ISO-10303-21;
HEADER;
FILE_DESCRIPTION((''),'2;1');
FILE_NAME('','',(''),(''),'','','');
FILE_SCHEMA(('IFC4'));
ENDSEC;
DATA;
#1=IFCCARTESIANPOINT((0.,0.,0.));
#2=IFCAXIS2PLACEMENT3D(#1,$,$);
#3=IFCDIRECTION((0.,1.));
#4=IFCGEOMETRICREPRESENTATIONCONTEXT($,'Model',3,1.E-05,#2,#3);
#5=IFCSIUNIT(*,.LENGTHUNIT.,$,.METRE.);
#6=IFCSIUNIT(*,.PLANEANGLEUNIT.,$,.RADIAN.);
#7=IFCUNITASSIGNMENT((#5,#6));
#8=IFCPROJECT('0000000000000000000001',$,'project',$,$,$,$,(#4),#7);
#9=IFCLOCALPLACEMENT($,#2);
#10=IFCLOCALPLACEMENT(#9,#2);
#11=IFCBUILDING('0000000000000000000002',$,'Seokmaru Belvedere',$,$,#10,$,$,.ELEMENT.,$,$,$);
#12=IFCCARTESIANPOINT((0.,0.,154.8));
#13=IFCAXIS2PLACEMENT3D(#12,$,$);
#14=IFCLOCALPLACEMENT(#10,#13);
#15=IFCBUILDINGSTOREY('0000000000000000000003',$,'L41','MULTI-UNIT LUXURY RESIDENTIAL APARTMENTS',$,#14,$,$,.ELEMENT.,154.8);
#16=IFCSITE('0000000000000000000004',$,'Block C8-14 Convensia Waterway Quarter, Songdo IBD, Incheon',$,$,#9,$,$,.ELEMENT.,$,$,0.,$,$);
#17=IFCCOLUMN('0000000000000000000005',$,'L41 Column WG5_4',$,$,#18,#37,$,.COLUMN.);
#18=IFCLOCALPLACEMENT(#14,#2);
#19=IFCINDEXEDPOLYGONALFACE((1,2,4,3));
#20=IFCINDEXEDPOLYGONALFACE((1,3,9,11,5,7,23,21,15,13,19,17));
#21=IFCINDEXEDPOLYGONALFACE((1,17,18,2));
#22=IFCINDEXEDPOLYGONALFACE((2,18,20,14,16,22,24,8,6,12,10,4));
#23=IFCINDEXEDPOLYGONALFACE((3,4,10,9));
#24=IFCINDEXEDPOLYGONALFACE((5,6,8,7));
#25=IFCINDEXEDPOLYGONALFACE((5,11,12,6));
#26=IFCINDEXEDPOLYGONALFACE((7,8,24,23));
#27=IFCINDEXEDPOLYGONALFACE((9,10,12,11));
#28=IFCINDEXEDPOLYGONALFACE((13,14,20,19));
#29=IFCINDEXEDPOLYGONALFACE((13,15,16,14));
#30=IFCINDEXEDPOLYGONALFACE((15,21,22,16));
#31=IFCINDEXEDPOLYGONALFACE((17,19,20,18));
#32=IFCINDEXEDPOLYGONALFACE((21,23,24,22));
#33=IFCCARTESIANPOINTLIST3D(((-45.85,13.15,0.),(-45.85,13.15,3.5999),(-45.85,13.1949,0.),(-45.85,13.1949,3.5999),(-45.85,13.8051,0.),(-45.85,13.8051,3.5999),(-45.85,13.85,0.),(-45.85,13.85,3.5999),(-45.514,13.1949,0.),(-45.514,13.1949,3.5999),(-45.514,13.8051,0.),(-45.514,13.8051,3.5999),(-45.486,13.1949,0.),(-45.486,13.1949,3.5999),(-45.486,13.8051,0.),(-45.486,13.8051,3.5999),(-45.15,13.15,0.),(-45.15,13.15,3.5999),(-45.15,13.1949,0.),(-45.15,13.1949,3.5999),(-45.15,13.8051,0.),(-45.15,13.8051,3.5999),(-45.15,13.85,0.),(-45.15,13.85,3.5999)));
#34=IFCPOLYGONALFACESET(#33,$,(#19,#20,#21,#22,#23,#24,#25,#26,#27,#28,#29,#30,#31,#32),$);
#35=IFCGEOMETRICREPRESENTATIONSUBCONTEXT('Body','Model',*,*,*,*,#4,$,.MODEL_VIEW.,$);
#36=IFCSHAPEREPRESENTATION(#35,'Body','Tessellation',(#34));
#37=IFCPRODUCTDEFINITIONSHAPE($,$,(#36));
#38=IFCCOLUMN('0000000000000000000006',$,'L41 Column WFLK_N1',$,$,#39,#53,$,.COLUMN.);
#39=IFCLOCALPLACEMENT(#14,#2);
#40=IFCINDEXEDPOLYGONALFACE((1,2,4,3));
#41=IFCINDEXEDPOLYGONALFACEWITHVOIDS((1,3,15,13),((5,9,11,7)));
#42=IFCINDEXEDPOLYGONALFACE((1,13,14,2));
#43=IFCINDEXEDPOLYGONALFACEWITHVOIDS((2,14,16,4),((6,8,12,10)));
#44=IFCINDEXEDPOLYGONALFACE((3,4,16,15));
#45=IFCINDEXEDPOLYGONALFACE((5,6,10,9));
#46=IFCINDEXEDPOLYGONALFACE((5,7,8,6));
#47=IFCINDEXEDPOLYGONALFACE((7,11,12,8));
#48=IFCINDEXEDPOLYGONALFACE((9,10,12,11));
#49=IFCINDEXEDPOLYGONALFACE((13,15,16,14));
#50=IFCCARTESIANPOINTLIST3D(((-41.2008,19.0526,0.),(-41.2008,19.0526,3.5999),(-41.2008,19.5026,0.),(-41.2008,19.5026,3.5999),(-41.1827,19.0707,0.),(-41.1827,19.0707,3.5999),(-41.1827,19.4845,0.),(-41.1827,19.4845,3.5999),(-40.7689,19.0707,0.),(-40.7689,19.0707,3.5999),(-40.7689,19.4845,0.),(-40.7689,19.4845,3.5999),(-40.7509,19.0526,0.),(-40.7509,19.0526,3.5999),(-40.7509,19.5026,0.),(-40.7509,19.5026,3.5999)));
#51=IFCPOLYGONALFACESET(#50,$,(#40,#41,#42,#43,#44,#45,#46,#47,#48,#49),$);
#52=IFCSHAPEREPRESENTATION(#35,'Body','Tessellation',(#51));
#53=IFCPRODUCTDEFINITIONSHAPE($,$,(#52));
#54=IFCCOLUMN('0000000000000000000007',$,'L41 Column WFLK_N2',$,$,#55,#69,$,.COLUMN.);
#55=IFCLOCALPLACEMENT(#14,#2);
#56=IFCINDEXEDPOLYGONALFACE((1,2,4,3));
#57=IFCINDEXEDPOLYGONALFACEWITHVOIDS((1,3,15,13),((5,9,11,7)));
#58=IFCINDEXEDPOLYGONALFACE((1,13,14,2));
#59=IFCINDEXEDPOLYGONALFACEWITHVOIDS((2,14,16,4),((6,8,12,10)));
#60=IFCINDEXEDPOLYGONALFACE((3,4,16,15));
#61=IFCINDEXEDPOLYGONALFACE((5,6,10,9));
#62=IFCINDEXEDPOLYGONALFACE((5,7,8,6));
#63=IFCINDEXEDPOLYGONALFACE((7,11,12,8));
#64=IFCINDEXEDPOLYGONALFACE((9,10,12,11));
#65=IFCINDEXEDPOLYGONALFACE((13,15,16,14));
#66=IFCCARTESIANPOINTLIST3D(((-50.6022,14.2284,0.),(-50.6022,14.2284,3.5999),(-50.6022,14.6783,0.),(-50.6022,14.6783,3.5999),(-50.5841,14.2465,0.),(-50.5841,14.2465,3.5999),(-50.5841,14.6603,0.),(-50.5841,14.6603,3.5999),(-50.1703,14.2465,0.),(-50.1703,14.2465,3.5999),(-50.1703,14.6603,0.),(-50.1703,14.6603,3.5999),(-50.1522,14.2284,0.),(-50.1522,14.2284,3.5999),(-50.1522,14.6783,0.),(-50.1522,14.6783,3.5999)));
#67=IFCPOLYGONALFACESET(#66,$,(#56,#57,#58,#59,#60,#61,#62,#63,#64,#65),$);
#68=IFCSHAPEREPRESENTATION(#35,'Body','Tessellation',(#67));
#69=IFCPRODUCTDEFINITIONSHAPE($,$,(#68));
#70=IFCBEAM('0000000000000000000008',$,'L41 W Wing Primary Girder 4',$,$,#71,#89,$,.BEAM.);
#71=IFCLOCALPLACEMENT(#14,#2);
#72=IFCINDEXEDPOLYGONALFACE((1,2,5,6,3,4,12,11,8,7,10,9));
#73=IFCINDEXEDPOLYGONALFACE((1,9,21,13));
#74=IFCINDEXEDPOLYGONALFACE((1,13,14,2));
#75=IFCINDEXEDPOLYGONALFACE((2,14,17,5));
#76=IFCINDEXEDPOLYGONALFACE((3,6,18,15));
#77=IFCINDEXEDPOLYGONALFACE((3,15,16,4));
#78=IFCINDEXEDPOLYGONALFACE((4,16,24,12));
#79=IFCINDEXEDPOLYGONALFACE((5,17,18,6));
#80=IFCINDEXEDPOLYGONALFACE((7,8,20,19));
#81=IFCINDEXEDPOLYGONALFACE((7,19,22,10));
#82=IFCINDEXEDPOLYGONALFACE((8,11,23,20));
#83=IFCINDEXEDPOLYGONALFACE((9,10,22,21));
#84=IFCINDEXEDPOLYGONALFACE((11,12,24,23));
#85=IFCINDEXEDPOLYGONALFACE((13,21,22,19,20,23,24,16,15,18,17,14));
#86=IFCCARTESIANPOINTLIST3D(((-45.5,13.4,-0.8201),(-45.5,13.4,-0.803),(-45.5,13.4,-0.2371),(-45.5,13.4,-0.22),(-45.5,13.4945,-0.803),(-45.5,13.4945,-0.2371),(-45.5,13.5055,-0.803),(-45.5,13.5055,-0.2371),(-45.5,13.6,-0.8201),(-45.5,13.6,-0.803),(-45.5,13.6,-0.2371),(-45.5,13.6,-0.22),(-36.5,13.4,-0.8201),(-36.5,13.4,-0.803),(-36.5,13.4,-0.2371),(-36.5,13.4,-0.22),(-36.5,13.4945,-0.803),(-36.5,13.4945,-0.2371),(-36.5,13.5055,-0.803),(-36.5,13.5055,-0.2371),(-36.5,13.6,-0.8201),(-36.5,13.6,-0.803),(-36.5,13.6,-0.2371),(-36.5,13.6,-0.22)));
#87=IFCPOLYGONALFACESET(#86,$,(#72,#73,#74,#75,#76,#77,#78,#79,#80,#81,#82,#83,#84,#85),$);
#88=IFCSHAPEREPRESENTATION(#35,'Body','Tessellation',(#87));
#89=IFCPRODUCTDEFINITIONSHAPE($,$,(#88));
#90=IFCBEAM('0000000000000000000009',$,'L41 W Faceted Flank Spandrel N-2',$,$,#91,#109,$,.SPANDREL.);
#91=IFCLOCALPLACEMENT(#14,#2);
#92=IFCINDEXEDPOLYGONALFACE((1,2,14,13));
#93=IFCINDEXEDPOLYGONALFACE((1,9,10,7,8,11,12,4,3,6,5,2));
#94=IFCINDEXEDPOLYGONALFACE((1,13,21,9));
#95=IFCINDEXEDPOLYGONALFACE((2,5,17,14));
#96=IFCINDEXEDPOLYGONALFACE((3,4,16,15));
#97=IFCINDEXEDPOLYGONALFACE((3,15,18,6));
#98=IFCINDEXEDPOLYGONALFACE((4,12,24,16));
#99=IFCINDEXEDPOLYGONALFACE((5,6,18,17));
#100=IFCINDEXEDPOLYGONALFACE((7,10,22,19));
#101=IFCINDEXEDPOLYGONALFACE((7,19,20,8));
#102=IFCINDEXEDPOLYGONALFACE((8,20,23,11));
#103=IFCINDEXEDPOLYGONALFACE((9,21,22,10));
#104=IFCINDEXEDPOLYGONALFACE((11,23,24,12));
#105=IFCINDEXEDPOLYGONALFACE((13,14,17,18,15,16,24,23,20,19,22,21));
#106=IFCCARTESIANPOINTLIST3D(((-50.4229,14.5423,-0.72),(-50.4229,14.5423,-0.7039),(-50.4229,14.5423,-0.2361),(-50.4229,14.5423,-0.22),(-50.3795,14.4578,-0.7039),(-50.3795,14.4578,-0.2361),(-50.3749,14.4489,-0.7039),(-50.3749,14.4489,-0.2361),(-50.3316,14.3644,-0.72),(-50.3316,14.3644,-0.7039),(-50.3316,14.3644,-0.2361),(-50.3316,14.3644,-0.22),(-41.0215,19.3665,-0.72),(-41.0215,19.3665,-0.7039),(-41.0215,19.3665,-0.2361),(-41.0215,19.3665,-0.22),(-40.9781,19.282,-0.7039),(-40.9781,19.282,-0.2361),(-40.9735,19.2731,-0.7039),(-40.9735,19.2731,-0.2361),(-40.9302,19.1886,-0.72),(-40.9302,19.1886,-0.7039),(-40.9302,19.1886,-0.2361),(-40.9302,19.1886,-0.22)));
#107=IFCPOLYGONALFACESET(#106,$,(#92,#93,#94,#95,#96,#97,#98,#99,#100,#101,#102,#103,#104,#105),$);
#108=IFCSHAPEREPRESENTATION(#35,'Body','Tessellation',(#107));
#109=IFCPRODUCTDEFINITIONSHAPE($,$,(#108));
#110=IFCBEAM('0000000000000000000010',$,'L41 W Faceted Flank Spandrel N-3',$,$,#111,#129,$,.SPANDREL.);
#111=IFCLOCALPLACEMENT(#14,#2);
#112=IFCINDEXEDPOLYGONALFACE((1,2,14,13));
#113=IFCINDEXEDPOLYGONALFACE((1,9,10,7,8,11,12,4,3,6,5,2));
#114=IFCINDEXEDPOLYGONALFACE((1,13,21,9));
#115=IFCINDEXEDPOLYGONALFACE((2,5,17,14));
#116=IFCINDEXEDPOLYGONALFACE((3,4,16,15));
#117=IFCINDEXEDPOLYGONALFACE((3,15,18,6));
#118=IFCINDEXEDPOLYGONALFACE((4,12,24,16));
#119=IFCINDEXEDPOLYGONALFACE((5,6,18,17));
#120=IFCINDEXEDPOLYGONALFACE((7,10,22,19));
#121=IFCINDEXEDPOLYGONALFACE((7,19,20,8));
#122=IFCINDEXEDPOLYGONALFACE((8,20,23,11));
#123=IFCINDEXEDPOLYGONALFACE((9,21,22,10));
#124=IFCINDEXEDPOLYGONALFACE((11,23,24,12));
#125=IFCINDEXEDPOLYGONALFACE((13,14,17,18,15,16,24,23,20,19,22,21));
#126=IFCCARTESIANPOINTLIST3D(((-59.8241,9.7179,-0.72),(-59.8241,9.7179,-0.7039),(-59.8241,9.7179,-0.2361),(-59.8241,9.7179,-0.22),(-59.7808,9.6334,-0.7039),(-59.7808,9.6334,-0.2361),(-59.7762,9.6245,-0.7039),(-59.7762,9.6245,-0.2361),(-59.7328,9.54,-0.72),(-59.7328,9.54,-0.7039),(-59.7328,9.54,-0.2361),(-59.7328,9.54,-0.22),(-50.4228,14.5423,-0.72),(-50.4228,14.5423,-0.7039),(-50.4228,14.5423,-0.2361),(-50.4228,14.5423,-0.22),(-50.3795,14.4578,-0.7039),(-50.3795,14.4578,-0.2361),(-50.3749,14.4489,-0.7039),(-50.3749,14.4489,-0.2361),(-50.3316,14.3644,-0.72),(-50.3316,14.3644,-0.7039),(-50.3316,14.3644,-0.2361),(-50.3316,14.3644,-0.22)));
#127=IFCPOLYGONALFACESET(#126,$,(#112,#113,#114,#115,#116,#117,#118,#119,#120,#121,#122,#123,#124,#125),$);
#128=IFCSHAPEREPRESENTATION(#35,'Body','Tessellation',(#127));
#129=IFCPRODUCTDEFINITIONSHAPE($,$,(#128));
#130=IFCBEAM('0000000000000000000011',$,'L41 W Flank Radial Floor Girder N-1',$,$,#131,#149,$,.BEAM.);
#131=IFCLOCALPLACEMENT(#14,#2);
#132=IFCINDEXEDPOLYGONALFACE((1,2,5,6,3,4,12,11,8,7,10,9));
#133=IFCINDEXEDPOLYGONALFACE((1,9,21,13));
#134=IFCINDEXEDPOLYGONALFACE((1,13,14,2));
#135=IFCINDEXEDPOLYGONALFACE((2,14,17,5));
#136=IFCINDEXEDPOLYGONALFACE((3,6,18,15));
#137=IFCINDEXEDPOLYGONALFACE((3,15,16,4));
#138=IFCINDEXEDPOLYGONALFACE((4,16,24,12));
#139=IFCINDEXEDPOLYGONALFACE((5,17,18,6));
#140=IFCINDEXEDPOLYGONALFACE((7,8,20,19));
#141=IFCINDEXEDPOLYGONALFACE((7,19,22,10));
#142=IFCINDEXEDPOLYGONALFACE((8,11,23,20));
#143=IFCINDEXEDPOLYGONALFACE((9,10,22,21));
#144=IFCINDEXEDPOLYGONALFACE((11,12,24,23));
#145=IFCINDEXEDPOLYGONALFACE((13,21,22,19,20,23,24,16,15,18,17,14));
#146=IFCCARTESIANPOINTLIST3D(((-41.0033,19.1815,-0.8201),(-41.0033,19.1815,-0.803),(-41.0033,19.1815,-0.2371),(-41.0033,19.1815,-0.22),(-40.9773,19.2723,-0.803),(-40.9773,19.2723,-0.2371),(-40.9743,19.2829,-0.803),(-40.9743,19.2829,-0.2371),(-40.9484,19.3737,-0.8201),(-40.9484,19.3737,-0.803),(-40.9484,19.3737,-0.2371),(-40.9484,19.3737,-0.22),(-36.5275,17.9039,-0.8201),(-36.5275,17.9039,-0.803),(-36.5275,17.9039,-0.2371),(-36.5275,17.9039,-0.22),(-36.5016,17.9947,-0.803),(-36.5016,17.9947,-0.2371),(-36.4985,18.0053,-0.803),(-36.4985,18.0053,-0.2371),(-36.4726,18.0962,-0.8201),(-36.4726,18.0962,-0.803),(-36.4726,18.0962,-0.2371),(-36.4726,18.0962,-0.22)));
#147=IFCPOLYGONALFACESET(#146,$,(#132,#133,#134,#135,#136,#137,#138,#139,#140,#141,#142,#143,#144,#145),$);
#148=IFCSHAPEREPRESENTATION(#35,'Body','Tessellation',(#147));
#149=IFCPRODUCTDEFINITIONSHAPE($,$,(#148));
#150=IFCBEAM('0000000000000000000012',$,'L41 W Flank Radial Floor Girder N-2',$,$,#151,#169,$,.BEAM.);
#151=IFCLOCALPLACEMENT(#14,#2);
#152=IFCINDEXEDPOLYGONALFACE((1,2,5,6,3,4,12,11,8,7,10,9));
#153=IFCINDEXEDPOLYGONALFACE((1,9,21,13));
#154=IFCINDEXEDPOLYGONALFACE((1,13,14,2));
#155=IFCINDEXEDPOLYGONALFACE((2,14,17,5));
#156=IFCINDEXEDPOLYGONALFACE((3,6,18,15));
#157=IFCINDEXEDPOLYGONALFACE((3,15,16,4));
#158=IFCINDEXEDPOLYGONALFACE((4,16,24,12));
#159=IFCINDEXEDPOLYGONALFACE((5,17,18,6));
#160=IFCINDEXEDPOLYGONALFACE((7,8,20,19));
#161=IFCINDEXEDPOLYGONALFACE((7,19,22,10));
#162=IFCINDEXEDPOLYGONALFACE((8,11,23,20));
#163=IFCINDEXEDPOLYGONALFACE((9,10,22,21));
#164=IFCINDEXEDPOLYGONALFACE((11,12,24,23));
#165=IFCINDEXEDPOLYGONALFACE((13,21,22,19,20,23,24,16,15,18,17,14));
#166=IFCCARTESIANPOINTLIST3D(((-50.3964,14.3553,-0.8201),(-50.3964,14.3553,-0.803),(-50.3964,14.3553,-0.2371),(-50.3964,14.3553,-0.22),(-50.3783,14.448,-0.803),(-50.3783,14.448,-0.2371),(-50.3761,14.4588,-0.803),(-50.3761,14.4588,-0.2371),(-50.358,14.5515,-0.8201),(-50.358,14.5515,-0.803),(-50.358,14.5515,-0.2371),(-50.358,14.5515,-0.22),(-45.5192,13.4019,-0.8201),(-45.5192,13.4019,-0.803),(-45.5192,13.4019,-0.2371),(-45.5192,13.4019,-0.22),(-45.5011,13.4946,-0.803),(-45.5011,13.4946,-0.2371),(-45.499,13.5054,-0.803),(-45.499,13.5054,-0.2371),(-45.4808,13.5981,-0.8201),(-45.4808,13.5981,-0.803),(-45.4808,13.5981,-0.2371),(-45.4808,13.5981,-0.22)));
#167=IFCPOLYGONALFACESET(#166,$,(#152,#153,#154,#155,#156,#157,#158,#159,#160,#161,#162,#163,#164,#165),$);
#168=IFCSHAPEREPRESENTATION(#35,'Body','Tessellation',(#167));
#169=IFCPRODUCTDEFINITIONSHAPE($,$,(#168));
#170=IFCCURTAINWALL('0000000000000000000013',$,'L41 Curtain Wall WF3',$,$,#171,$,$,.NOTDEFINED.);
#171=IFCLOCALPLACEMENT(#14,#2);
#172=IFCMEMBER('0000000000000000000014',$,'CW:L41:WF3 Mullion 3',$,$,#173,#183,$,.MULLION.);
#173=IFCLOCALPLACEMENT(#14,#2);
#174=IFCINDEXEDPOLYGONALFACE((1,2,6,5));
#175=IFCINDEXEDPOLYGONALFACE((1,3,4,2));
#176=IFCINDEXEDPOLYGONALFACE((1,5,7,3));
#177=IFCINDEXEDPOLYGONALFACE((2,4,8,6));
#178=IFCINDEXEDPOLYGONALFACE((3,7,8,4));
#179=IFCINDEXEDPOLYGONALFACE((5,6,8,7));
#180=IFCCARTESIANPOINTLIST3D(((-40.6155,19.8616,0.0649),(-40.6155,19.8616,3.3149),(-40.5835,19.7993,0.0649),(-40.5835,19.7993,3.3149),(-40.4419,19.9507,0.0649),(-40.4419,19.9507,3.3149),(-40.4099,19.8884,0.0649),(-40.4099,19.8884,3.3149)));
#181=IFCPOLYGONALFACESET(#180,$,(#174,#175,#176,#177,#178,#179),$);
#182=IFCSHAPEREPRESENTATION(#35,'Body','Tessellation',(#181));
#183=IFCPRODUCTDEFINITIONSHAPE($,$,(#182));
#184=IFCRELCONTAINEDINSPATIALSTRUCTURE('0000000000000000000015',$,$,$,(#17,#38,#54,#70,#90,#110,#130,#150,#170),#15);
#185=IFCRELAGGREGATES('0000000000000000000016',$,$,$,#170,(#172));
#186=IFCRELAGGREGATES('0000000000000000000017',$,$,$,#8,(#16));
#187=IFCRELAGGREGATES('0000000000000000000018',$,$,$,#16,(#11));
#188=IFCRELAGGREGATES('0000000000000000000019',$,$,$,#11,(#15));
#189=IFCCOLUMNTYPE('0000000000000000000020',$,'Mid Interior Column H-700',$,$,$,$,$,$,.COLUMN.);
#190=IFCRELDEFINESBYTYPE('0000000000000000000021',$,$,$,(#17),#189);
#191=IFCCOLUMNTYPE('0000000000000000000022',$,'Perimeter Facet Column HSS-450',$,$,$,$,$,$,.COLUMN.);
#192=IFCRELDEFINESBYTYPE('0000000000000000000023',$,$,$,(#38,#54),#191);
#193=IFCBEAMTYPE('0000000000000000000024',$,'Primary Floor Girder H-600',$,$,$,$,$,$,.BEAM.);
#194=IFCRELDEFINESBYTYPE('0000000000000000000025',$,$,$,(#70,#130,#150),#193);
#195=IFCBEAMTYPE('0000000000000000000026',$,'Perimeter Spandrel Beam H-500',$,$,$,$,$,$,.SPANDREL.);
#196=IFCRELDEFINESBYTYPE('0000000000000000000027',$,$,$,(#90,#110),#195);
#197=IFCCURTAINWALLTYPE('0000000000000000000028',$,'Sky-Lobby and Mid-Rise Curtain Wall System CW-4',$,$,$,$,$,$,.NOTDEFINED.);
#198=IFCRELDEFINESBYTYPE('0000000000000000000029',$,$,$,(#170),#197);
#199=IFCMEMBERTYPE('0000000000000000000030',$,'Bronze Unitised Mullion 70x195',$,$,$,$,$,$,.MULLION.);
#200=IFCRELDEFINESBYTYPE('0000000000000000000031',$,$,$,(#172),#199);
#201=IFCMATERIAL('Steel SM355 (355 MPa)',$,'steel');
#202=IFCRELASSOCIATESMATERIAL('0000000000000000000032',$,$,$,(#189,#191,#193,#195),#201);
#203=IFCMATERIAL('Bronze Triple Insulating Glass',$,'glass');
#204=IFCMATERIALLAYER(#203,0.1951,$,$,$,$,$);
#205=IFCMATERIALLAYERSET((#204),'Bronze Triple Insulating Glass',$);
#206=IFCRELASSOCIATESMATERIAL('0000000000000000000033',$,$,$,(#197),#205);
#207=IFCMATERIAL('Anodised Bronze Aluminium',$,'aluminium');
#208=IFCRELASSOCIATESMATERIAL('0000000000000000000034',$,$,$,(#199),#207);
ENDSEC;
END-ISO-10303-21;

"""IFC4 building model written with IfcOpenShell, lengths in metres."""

from ifc_helpers import new_model, si_unit, direction, frame, origin, origin_2d, place, context, subcontext, project, spatial, rectangle, hollow_rectangle, i_section, extrude, source, transform, mapped, material, layer, layer_set, material_profile, profile_set, type_object, type_shapes, element, aggregate, save


model = new_model("IFC4")

# Units and contexts
model_context = context("Model", 3, precision=1e-05, world=origin(), true_north=direction((0.0, 1.0)))
body_context = subcontext(model_context, "Body", "Model", "MODEL_VIEW")
ifc_project = project(units=[si_unit("LENGTHUNIT", "METRE"), si_unit("PLANEANGLEUNIT", "RADIAN")], contexts=[model_context])

# Site, building, storey
site_placement = place(None, origin())
site = spatial("IfcSite", under=ifc_project, at=site_placement, Name="Block C8-14 Convensia Waterway Quarter, Songdo IBD, Incheon", CompositionType="ELEMENT", RefElevation=0.0)
building_placement = place(site_placement, origin())
building = spatial("IfcBuilding", under=site, at=building_placement, Name="Seokmaru Belvedere", CompositionType="ELEMENT")
storey_placement = place(building_placement, frame((0.0, 0.0, 154.8)))
storey = spatial("IfcBuildingStorey", under=building, at=storey_placement, Name="L41", Description="MULTI-UNIT LUXURY RESIDENTIAL APARTMENTS", CompositionType="ELEMENT", Elevation=154.8)

# Columns
ifc_material_1 = material(Name="Steel SM355 (355 MPa)", Category="steel")
ifc_material_profile_1 = material_profile(ifc_material_1, i_section(OverallWidth=0.7, OverallDepth=0.7, WebThickness=0.0281, FlangeThickness=0.0449, at=origin_2d()), Name="H-700x700x28x45")
ifc_profile_set_1 = profile_set([ifc_material_profile_1], Name="Steel SM355 (355 MPa)")
column_type_1 = type_object("IfcColumnType", Name="Mid Interior Column H-700", PredefinedType="COLUMN", material=ifc_profile_set_1)
shared_shape_1 = source(origin(), body_context, "Body", "SweptSolid", [
    extrude(i_section(OverallWidth=0.7, OverallDepth=0.7, WebThickness=0.0281, FlangeThickness=0.0449, at=origin_2d()), origin(), (0.0, 0.0, 1.0), 3.5999),
])
type_shapes(column_type_1, [shared_shape_1])
column_placement = place(storey_placement, frame((-45.5, 13.5, 0.0), z_axis=(0.0, 0.0, 1.0), x_axis=(1.0, 0.0, 0.0)))
element("IfcColumn", 1, at=column_placement, inside=storey, type_object=column_type_1, Name="L41 Column WG5_4", PredefinedType="COLUMN", context=body_context, shape_type="MappedRepresentation", body=[
    mapped(shared_shape_1, transform((0.0, 0.0, 0.0), scale=1.0)),
])
ifc_material_profile_2 = material_profile(ifc_material_1, hollow_rectangle(XDim=0.45, YDim=0.45, WallThickness=0.0181, at=origin_2d()), Name="HSS-450x450x18")
ifc_profile_set_2 = profile_set([ifc_material_profile_2], Name="Steel SM355 (355 MPa)")
column_type_2 = type_object("IfcColumnType", Name="Perimeter Facet Column HSS-450", PredefinedType="COLUMN", material=ifc_profile_set_2)
shared_shape_2 = source(origin(), body_context, "Body", "SweptSolid", [
    extrude(hollow_rectangle(XDim=0.45, YDim=0.45, WallThickness=0.0181, at=origin_2d()), origin(), (0.0, 0.0, 1.0), 3.5999),
])
type_shapes(column_type_2, [shared_shape_2])
for number, where, z_axis, x_axis, name in (
    (2, (-40.9758, 19.2776, 0.0), (0.0, 0.0, 1.0), (1.0, 0.0, 0.0), "L41 Column WFLK_N1"),
    (3, (-50.3772, 14.4534, 0.0), (0.0, 0.0, 1.0), (1.0, 0.0, 0.0), "L41 Column WFLK_N2"),
):
    element("IfcColumn", number, at=place(storey_placement, frame(where, z_axis=z_axis, x_axis=x_axis)), inside=storey, type_object=column_type_2, Name=name, PredefinedType="COLUMN", context=body_context, shape_type="MappedRepresentation", body=[
        mapped(shared_shape_2, transform((0.0, 0.0, 0.0), scale=1.0)),
    ])

# Beams
ifc_material_profile_3 = material_profile(ifc_material_1, i_section(OverallWidth=0.2, OverallDepth=0.6001, WebThickness=0.011, FlangeThickness=0.0171, at=origin_2d()), Name="H-600x200x11x17")
ifc_profile_set_3 = profile_set([ifc_material_profile_3], Name="Steel SM355 (355 MPa)")
beam_type_1 = type_object("IfcBeamType", Name="Primary Floor Girder H-600", PredefinedType="BEAM", material=ifc_profile_set_3)
shared_shape_3 = source(origin(), body_context, "Body", "SweptSolid", [
    extrude(i_section(OverallWidth=0.2, OverallDepth=0.6001, WebThickness=0.011, FlangeThickness=0.0171, at=origin_2d()), origin(), (0.0, 0.0, 1.0), 9.0),
])
beam_1_placement = place(storey_placement, frame((-45.5, 13.5, -0.52), z_axis=(1.0, 0.0, 0.0), x_axis=(0.0, 1.0, 0.0)))
element("IfcBeam", 4, at=beam_1_placement, inside=storey, type_object=beam_type_1, Name="L41 W Wing Primary Girder 4", PredefinedType="BEAM", context=body_context, shape_type="MappedRepresentation", body=[
    mapped(shared_shape_3, transform((0.0, 0.0, 0.0), scale=1.0)),
])
ifc_material_profile_4 = material_profile(ifc_material_1, i_section(OverallWidth=0.2, OverallDepth=0.5, WebThickness=0.01, FlangeThickness=0.0161, at=origin_2d()), Name="H-500x200x10x16")
ifc_profile_set_4 = profile_set([ifc_material_profile_4], Name="Steel SM355 (355 MPa)")
beam_type_2 = type_object("IfcBeamType", Name="Perimeter Spandrel Beam H-500", PredefinedType="SPANDREL", material=ifc_profile_set_4)
shared_shape_4 = source(origin(), body_context, "Body", "SweptSolid", [
    extrude(i_section(OverallWidth=0.2, OverallDepth=0.5, WebThickness=0.01, FlangeThickness=0.0161, at=origin_2d()), origin(), (0.0, 0.0, 1.0), 10.5669),
])
type_shapes(beam_type_2, [shared_shape_4])
for number, where, z_axis, x_axis, name in (
    (5, (-40.9758, 19.2776, -0.47), (-0.889702, -0.456542, 0.0), (0.456542, -0.889702, 0.0), "L41 W Faceted Flank Spandrel N-2"),
    (6, (-50.3772, 14.4534, -0.47), (-0.889693, -0.45656, 0.0), (0.45656, -0.889693, 0.0), "L41 W Faceted Flank Spandrel N-3"),
):
    element("IfcBeam", number, at=place(storey_placement, frame(where, z_axis=z_axis, x_axis=x_axis)), inside=storey, type_object=beam_type_2, Name=name, PredefinedType="SPANDREL", context=body_context, shape_type="MappedRepresentation", body=[
        mapped(shared_shape_4, transform((0.0, 0.0, 0.0), scale=1.0)),
    ])
shared_shape_5 = source(origin(), body_context, "Body", "SweptSolid", [
    extrude(i_section(OverallWidth=0.2, OverallDepth=0.6001, WebThickness=0.011, FlangeThickness=0.0171, at=origin_2d()), origin(), (0.0, 0.0, 1.0), 4.6545),
])
beam_2_placement = place(storey_placement, frame((-40.9758, 19.2776, -0.52), z_axis=(0.961593, -0.274479, 0.0), x_axis=(0.274479, 0.961593, 0.0)))
element("IfcBeam", 7, at=beam_2_placement, inside=storey, type_object=beam_type_1, Name="L41 W Flank Radial Floor Girder N-1", PredefinedType="BEAM", context=body_context, shape_type="MappedRepresentation", body=[
    mapped(shared_shape_5, transform((0.0, 0.0, 0.0), scale=1.0)),
])
shared_shape_6 = source(origin(), body_context, "Body", "SweptSolid", [
    extrude(i_section(OverallWidth=0.2, OverallDepth=0.6001, WebThickness=0.011, FlangeThickness=0.0171, at=origin_2d()), origin(), (0.0, 0.0, 1.0), 4.9695),
])
type_shapes(beam_type_1, [shared_shape_3, shared_shape_5, shared_shape_6])
beam_3_placement = place(storey_placement, frame((-50.3772, 14.4534, -0.52), z_axis=(0.981425, -0.191844, 0.0), x_axis=(0.191844, 0.981425, 0.0)))
element("IfcBeam", 8, at=beam_3_placement, inside=storey, type_object=beam_type_1, Name="L41 W Flank Radial Floor Girder N-2", PredefinedType="BEAM", context=body_context, shape_type="MappedRepresentation", body=[
    mapped(shared_shape_6, transform((0.0, 0.0, 0.0), scale=1.0)),
])

# Curtain wall, member
ifc_material_2 = material(Name="Bronze Triple Insulating Glass", Category="glass")
ifc_layer_1 = layer(ifc_material_2, 0.1951)
ifc_layer_set_1 = layer_set([ifc_layer_1], Name="Bronze Triple Insulating Glass")
curtain_wall_type = type_object("IfcCurtainWallType", Name="Sky-Lobby and Mid-Rise Curtain Wall System CW-4", PredefinedType="NOTDEFINED", material=ifc_layer_set_1)
curtain_wall_placement = place(storey_placement, origin())
curtain_wall = element("IfcCurtainWall", 9, at=curtain_wall_placement, inside=storey, type_object=curtain_wall_type, Name="L41 Curtain Wall WF3", PredefinedType="NOTDEFINED")
ifc_material_3 = material(Name="Anodised Bronze Aluminium", Category="aluminium")
ifc_material_profile_5 = material_profile(ifc_material_3, rectangle(XDim=0.0701, YDim=0.1951, at=origin_2d()), Name="CW-M-70x195")
ifc_profile_set_5 = profile_set([ifc_material_profile_5], Name="Anodised Bronze Aluminium")
member_type = type_object("IfcMemberType", Name="Bronze Unitised Mullion 70x195", PredefinedType="MULLION", material=ifc_profile_set_5)
shared_shape_7 = source(origin(), body_context, "Body", "SweptSolid", [
    extrude(rectangle(XDim=0.0701, YDim=0.1951, at=origin_2d()), origin(), (0.0, 0.0, 1.0), 3.25),
])
type_shapes(member_type, [shared_shape_7])
member_1_placement = place(storey_placement, frame((-40.5127, 19.875, 0.0649), z_axis=(0.0, 0.0, 1.0), x_axis=(0.456555, -0.889695, 0.0)))
member_1 = element("IfcMember", 10, at=member_1_placement, type_object=member_type, Name="CW:L41:WF3 Mullion 3", PredefinedType="MULLION", context=body_context, shape_type="MappedRepresentation", body=[
    mapped(shared_shape_7, transform((0.0, 0.0, 0.0), scale=1.0)),
])
aggregate(curtain_wall, [member_1])

save(model, "model.ifc")
